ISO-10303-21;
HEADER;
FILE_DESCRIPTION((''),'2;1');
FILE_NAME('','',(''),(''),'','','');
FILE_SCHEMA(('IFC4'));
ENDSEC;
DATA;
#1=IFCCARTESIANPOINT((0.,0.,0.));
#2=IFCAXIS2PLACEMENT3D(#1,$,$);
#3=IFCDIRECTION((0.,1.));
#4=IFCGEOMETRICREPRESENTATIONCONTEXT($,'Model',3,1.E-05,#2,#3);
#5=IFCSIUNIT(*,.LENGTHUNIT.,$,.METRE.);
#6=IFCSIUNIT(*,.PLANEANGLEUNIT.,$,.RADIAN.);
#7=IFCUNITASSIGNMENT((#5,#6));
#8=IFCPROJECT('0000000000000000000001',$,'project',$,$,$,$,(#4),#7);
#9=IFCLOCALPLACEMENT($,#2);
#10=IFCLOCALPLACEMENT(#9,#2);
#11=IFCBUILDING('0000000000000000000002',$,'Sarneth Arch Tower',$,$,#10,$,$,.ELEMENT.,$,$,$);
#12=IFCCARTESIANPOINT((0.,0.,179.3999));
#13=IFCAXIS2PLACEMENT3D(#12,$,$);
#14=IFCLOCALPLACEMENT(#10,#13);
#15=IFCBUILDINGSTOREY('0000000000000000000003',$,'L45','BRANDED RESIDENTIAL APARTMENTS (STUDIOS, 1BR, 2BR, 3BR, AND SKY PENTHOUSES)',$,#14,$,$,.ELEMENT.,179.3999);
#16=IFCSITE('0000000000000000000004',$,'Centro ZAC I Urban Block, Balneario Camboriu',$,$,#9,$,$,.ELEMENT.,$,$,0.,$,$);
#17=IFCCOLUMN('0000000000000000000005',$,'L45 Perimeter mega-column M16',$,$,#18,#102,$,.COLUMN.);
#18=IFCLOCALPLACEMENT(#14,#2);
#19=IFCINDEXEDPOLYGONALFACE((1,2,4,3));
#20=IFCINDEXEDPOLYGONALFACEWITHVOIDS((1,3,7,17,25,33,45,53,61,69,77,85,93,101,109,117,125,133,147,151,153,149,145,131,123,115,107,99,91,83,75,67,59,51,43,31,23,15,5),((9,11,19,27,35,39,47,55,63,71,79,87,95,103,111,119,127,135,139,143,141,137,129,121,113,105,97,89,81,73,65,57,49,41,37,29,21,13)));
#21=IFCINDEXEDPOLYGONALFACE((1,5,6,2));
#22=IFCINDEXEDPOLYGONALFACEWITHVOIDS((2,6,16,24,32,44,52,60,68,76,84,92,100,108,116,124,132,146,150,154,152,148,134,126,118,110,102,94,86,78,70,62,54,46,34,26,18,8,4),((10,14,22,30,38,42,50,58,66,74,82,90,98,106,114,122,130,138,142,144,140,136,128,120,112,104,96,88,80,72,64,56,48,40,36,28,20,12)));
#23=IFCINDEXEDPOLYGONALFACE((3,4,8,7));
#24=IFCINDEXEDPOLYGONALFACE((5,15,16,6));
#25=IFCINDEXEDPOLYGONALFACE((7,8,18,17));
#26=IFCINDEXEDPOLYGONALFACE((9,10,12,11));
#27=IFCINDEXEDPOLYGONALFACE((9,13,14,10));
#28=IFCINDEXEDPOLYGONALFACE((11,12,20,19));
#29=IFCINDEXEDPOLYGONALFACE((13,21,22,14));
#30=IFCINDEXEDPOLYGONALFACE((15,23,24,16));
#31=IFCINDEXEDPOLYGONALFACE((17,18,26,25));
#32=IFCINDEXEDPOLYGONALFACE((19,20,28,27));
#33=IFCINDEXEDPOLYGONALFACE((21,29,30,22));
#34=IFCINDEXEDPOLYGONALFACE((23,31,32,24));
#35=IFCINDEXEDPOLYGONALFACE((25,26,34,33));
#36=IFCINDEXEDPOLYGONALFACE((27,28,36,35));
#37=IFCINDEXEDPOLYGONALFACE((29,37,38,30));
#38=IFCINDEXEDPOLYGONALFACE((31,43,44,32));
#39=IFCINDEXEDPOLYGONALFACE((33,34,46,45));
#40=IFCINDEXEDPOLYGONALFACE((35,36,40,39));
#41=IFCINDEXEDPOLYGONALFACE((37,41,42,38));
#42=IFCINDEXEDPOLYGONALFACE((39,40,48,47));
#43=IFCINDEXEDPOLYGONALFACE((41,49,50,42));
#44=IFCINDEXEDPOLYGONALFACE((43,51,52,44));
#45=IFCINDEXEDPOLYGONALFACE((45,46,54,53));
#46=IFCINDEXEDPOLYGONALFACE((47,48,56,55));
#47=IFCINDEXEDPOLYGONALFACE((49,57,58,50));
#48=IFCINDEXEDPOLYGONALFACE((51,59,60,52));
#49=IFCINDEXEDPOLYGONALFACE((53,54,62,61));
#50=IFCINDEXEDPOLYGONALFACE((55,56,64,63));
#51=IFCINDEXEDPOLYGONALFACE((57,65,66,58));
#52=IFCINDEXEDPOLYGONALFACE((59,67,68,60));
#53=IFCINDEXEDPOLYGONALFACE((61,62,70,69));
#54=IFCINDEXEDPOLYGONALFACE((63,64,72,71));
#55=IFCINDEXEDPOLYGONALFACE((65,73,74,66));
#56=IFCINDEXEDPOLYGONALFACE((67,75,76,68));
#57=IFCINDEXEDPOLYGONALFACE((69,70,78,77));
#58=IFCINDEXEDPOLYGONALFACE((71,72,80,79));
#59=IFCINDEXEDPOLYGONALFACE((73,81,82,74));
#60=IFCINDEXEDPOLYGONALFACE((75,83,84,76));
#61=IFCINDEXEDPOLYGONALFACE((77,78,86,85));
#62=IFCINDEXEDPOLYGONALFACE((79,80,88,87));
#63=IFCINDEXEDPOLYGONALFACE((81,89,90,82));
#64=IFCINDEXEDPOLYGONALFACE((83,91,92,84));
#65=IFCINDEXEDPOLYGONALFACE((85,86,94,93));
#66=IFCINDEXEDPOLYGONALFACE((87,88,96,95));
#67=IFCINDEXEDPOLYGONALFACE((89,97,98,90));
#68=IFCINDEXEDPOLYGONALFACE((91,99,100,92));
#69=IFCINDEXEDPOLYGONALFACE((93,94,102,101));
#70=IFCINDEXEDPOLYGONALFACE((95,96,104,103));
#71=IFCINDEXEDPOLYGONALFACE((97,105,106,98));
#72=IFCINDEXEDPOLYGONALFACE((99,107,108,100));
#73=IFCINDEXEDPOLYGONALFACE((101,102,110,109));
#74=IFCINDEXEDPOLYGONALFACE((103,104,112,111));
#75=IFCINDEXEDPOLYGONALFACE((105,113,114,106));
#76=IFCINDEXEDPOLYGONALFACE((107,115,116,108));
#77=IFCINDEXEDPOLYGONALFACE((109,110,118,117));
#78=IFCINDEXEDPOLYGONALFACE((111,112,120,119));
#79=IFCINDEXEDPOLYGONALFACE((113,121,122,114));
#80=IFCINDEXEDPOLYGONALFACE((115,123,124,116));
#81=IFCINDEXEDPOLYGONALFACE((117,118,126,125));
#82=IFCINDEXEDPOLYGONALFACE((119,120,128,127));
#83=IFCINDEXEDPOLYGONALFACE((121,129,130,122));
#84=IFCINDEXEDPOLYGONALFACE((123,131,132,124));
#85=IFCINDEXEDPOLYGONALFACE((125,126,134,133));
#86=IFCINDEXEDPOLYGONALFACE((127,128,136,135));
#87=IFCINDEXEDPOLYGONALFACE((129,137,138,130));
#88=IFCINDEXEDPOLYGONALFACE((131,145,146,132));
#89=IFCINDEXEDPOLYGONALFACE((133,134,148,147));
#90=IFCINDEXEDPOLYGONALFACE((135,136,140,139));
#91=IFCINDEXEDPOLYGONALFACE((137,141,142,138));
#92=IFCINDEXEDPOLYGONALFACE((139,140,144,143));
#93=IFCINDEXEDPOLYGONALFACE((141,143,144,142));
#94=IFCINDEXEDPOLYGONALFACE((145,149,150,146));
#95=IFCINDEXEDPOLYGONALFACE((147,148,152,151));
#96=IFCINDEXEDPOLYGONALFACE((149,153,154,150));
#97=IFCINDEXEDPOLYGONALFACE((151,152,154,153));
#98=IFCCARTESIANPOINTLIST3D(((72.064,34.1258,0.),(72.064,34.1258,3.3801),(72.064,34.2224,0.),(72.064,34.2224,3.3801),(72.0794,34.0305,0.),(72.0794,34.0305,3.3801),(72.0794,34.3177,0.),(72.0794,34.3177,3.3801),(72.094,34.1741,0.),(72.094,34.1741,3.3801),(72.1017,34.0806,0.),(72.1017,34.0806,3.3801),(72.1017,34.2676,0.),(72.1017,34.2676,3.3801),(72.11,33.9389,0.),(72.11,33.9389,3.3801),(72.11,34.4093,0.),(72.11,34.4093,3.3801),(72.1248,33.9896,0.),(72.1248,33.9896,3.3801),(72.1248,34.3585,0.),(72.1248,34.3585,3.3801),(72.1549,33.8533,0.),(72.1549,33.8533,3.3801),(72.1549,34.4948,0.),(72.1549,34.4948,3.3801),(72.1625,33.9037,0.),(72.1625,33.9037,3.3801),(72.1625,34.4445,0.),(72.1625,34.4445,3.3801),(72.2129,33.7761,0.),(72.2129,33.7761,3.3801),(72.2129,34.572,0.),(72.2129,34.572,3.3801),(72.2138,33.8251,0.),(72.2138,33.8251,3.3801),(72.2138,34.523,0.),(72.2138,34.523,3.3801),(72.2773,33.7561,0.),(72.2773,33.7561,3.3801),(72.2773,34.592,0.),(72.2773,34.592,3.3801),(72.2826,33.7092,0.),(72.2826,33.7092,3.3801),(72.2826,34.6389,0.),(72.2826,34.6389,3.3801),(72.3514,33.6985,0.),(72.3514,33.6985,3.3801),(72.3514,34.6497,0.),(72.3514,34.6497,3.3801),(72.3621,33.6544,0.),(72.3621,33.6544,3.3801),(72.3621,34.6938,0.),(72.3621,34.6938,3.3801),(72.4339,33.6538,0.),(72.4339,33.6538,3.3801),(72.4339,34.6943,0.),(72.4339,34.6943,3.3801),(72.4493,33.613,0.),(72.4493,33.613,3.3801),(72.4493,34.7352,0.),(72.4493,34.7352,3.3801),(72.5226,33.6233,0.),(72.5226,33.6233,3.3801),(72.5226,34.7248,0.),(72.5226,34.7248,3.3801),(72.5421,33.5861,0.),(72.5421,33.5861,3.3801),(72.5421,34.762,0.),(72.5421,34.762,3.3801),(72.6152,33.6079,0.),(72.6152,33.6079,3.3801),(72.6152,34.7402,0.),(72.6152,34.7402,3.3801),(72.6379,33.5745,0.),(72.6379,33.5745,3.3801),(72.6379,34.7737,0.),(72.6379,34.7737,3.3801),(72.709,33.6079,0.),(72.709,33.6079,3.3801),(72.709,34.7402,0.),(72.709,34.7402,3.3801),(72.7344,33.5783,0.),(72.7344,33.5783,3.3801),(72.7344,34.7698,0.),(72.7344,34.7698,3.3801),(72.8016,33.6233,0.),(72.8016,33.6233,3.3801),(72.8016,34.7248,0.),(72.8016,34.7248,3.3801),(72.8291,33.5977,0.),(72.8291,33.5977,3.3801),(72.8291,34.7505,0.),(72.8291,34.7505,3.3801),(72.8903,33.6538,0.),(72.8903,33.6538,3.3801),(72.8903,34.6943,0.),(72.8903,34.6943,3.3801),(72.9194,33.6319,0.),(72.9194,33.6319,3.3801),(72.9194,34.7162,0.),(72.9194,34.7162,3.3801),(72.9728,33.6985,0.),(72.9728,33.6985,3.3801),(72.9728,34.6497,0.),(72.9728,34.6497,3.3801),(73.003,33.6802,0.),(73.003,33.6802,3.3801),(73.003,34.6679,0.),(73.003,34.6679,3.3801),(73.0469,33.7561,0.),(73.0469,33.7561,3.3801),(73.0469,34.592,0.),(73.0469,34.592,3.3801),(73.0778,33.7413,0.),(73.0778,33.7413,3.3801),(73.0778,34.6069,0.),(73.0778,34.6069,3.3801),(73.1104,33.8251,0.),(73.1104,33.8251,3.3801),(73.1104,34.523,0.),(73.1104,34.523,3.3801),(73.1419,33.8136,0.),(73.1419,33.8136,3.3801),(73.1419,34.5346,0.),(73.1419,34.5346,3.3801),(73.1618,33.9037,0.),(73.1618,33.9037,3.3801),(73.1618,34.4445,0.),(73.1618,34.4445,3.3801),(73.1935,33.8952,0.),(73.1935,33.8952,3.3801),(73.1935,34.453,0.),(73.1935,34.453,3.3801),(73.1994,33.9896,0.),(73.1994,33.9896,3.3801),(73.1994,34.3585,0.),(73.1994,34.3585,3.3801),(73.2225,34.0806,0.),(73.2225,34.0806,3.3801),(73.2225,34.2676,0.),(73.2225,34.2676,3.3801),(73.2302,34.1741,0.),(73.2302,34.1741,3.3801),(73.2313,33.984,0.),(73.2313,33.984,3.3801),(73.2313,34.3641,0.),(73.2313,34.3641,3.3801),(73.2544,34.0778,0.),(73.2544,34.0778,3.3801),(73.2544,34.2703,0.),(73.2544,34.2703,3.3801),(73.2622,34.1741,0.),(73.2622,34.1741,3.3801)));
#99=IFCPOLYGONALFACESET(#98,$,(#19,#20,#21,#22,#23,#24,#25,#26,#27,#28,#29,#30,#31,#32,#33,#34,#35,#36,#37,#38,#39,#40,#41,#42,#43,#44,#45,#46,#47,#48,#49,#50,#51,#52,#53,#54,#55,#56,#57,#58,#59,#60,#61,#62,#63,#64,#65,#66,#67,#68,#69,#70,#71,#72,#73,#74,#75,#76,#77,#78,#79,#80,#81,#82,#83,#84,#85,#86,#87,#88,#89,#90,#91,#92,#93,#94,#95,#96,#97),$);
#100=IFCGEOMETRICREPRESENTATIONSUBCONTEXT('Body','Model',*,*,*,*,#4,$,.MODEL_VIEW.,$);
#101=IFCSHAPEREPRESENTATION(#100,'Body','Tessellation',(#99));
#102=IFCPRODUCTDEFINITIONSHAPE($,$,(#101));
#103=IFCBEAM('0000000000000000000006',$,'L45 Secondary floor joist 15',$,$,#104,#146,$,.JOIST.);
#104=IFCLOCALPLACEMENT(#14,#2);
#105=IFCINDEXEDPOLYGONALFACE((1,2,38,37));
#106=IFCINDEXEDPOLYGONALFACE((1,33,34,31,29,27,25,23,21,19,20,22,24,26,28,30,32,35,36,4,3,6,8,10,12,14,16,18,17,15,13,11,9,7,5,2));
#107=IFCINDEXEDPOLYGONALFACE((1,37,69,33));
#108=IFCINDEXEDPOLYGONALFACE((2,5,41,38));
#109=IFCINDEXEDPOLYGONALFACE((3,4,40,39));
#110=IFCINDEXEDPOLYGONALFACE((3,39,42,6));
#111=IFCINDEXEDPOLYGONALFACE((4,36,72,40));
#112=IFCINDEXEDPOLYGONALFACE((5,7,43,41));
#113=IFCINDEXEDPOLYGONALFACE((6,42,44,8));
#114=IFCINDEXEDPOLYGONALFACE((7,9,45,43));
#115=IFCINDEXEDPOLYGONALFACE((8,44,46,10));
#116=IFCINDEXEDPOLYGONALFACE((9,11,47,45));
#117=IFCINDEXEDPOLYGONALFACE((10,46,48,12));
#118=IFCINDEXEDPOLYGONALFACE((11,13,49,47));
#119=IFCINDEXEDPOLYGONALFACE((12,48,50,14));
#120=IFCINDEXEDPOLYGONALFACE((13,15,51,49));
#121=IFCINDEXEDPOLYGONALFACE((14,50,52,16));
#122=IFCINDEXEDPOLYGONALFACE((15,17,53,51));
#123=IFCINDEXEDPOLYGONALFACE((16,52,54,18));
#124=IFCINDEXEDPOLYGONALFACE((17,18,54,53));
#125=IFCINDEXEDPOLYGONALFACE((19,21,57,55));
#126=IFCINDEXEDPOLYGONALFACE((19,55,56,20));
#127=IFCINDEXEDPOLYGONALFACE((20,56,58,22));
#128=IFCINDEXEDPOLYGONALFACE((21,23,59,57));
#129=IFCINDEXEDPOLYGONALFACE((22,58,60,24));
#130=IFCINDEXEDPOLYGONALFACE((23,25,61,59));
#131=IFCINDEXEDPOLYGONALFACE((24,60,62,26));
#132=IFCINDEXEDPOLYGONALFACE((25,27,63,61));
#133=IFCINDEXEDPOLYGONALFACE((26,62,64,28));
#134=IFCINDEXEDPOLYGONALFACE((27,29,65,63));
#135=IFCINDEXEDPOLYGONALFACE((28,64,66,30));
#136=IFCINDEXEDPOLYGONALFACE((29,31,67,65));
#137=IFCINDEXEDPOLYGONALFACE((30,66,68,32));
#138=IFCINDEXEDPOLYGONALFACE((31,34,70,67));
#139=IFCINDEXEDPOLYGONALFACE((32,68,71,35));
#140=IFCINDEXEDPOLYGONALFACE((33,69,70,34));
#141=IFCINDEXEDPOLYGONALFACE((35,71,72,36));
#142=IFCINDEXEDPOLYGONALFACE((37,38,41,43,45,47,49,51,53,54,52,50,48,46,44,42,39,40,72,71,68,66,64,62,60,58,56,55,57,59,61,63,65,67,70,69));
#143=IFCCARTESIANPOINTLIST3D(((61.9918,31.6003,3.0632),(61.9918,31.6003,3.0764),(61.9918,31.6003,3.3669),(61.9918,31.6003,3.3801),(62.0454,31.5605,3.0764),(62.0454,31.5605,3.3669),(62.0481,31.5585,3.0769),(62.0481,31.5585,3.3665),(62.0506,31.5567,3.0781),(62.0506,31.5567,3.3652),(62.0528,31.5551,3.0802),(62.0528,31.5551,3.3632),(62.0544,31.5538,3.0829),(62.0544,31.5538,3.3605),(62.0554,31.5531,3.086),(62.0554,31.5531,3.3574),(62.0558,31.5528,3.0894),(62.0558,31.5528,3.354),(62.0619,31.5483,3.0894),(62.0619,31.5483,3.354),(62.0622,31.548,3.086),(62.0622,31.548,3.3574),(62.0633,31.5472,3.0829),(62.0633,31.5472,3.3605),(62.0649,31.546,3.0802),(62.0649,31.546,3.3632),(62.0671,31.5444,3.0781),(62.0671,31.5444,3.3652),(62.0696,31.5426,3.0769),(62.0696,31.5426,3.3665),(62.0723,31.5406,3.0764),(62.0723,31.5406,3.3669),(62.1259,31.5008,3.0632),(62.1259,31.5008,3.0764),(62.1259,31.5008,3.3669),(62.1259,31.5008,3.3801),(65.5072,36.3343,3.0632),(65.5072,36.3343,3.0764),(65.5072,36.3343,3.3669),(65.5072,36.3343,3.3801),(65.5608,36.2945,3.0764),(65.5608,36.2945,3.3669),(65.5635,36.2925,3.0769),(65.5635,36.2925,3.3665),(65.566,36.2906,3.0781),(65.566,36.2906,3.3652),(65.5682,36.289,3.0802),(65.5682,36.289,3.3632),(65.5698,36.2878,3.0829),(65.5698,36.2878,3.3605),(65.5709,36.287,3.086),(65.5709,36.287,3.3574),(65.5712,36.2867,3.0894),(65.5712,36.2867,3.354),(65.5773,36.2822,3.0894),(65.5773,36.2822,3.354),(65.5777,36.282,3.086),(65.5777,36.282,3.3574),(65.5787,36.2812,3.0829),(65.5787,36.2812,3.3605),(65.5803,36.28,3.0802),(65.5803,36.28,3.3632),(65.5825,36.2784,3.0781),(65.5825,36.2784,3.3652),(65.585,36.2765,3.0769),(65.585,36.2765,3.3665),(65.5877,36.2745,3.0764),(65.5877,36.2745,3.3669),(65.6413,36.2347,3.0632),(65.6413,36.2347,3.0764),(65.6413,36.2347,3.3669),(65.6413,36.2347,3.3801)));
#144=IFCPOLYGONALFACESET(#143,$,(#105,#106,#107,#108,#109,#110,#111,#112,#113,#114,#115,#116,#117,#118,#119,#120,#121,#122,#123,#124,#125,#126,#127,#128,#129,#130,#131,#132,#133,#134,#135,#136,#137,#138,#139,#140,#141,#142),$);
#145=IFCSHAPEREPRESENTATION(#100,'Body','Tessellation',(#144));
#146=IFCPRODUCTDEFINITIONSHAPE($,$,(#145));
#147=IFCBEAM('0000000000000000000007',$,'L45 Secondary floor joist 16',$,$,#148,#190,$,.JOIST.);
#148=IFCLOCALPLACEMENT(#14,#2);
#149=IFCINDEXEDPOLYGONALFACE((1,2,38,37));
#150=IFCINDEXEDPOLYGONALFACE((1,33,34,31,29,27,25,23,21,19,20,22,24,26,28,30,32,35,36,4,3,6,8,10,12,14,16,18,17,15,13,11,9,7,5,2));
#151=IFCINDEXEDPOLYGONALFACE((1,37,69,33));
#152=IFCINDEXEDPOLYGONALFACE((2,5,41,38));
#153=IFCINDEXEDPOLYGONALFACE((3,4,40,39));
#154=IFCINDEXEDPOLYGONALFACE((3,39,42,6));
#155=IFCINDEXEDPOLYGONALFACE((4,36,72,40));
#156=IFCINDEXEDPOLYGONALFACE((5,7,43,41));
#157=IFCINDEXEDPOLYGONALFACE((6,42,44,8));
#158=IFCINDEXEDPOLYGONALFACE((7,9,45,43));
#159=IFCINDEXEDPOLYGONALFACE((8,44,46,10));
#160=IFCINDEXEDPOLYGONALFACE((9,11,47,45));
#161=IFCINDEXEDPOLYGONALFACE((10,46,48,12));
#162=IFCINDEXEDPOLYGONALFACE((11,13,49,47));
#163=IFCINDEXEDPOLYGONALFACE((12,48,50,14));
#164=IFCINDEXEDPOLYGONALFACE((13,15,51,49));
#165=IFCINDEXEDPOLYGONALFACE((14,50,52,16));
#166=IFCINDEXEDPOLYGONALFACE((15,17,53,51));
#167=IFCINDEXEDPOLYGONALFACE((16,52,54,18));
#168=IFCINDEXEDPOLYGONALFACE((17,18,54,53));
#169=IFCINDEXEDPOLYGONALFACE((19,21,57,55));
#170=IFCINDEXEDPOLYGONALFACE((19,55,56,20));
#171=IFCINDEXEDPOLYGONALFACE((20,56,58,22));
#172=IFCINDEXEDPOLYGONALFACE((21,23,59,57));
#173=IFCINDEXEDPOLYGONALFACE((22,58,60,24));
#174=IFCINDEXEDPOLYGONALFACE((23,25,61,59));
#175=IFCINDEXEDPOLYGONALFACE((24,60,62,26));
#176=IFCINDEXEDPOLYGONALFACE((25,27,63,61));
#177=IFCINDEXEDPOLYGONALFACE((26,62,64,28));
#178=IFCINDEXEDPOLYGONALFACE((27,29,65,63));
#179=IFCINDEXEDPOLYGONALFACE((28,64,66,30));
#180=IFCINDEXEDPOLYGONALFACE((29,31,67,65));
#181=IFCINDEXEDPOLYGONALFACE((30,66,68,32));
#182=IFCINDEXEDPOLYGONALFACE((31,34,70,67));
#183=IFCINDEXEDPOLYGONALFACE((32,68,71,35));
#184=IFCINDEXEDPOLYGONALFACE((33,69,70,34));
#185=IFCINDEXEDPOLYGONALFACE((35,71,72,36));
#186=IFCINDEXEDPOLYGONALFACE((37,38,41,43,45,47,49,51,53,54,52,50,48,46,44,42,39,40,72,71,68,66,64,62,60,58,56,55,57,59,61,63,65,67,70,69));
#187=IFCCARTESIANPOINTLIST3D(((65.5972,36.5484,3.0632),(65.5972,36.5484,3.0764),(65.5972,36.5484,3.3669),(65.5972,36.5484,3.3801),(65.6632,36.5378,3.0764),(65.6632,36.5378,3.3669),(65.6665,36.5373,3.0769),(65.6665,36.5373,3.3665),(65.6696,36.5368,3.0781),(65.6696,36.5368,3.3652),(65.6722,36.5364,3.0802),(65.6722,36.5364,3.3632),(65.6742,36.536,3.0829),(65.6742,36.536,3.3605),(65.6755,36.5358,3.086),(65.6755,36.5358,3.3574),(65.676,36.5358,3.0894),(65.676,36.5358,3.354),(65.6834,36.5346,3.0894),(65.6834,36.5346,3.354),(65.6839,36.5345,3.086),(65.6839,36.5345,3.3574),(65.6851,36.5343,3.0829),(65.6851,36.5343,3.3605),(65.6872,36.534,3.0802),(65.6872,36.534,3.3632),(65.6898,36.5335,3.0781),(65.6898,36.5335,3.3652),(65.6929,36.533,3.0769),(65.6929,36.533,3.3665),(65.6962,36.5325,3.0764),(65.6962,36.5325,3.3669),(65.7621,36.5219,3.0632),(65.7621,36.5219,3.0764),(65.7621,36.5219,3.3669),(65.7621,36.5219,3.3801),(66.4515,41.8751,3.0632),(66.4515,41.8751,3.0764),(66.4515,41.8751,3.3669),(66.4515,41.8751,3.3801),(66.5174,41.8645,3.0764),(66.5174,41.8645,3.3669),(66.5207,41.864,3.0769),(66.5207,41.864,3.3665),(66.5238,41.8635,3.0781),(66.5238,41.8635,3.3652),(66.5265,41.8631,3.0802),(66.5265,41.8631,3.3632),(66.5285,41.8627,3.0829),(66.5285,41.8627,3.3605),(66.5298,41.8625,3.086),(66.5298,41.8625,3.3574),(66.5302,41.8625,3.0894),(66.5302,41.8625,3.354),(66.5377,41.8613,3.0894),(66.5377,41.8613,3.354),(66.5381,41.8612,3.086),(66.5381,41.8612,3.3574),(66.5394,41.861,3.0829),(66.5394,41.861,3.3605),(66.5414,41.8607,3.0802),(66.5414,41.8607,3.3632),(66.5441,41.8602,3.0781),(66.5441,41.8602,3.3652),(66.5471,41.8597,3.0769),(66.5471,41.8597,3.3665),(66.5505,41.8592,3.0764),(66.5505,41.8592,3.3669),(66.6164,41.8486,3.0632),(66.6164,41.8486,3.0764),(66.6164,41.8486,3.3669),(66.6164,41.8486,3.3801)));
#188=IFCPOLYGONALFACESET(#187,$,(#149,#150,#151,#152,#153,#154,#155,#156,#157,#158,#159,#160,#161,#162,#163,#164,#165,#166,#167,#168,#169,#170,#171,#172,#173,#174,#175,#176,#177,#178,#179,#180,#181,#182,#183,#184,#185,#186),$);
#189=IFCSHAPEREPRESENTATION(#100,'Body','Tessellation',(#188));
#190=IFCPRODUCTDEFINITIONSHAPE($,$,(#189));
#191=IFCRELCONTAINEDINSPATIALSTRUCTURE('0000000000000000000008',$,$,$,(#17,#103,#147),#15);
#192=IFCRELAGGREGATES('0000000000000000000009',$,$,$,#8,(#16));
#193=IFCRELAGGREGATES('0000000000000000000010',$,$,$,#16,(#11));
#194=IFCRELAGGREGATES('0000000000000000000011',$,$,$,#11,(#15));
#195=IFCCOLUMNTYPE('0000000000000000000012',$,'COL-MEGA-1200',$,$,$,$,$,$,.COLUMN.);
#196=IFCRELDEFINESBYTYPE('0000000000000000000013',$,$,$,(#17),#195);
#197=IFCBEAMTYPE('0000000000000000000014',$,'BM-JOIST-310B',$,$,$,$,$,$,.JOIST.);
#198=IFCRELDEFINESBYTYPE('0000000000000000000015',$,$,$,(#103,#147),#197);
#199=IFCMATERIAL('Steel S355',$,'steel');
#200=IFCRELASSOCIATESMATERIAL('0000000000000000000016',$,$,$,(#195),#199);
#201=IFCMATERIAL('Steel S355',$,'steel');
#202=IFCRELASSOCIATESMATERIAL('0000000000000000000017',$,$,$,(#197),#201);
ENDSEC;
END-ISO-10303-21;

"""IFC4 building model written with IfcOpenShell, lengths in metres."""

from ifc_helpers import new_model, si_unit, direction, frame, origin, origin_2d, place, context, subcontext, project, spatial, hollow_circle, i_section, extrude, material, material_profile, profile_set, type_object, element, save


model = new_model("IFC4")

# Units and contexts
model_context = context("Model", 3, precision=1e-05, world=origin(), true_north=direction((0.0, 1.0)))
body_context = subcontext(model_context, "Body", "Model", "MODEL_VIEW")
ifc_project = project(units=[si_unit("LENGTHUNIT", "METRE"), si_unit("PLANEANGLEUNIT", "RADIAN")], contexts=[model_context])

# Site, building, storey
site_placement = place(None, origin())
site = spatial("IfcSite", under=ifc_project, at=site_placement, Name="Centro ZAC I Urban Block, Balneario Camboriu", CompositionType="ELEMENT", RefElevation=0.0)
building_placement = place(site_placement, origin())
building = spatial("IfcBuilding", under=site, at=building_placement, Name="Sarneth Arch Tower", CompositionType="ELEMENT")
storey_placement = place(building_placement, frame((0.0, 0.0, 179.3999)))
storey = spatial("IfcBuildingStorey", under=building, at=storey_placement, Name="L45", Description="BRANDED RESIDENTIAL APARTMENTS (STUDIOS, 1BR, 2BR, 3BR, AND SKY PENTHOUSES)", CompositionType="ELEMENT", Elevation=179.3999)

# Column
ifc_material_1 = material(Name="Steel S355", Category="steel")
ifc_material_profile_1 = material_profile(ifc_material_1, hollow_circle(Radius=0.6001, WallThickness=0.032, at=origin_2d()), Name="CHS1200x32")
ifc_profile_set_1 = profile_set([ifc_material_profile_1], Name="Steel S355")
column_type = type_object("IfcColumnType", Name="COL-MEGA-1200", PredefinedType="COLUMN", material=ifc_profile_set_1)
column_placement = place(storey_placement, frame((72.6621, 34.1741, 0.0), z_axis=(0.0, 0.0, 1.0), x_axis=(1.0, 0.0, 0.0)))
element("IfcColumn", 1, at=column_placement, inside=storey, type_object=column_type, Name="L45 Perimeter mega-column M16", PredefinedType="COLUMN", context=body_context, shape_type="SweptSolid", body=[
    extrude(hollow_circle(Radius=0.6001, WallThickness=0.032, at=origin_2d()), origin(), (0.0, 0.0, 1.0), 3.3801),
])

# Beams
ifc_material_2 = material(Name="Steel S355", Category="steel")
ifc_material_profile_2 = material_profile(ifc_material_2, i_section(OverallWidth=0.167, OverallDepth=0.3169, WebThickness=0.0076, FlangeThickness=0.0132, FilletRadius=0.0129, at=origin_2d()), Name="W310x52")
ifc_profile_set_2 = profile_set([ifc_material_profile_2], Name="Steel S355")
beam_type_1 = type_object("IfcBeamType", Name="BM-JOIST-310B", PredefinedType="JOIST", material=ifc_profile_set_2)
beam_1_placement = place(storey_placement, frame((62.0588, 31.5505, 3.2217), z_axis=(0.596191, 0.802843, 0.0), x_axis=(-0.802843, 0.596191, 0.0)))
element("IfcBeam", 2, at=beam_1_placement, inside=storey, type_object=beam_type_1, Name="L45 Secondary floor joist 15", PredefinedType="JOIST", context=body_context, shape_type="SweptSolid", body=[
    extrude(i_section(OverallWidth=0.167, OverallDepth=0.3169, WebThickness=0.0076, FlangeThickness=0.0132, FilletRadius=0.0129, at=origin_2d()), origin(), (0.0, 0.0, 1.0), 5.8965),
])
beam_2_placement = place(storey_placement, frame((65.6797, 36.5352, 3.2217), z_axis=(0.158349, 0.987383, 0.0), x_axis=(-0.987383, 0.158349, 0.0)))
element("IfcBeam", 3, at=beam_2_placement, inside=storey, type_object=beam_type_1, Name="L45 Secondary floor joist 16", PredefinedType="JOIST", context=body_context, shape_type="SweptSolid", body=[
    extrude(i_section(OverallWidth=0.167, OverallDepth=0.3169, WebThickness=0.0076, FlangeThickness=0.0132, FilletRadius=0.0129, at=origin_2d()), origin(), (0.0, 0.0, 1.0), 5.3948),
])

save(model, "model.ifc")
